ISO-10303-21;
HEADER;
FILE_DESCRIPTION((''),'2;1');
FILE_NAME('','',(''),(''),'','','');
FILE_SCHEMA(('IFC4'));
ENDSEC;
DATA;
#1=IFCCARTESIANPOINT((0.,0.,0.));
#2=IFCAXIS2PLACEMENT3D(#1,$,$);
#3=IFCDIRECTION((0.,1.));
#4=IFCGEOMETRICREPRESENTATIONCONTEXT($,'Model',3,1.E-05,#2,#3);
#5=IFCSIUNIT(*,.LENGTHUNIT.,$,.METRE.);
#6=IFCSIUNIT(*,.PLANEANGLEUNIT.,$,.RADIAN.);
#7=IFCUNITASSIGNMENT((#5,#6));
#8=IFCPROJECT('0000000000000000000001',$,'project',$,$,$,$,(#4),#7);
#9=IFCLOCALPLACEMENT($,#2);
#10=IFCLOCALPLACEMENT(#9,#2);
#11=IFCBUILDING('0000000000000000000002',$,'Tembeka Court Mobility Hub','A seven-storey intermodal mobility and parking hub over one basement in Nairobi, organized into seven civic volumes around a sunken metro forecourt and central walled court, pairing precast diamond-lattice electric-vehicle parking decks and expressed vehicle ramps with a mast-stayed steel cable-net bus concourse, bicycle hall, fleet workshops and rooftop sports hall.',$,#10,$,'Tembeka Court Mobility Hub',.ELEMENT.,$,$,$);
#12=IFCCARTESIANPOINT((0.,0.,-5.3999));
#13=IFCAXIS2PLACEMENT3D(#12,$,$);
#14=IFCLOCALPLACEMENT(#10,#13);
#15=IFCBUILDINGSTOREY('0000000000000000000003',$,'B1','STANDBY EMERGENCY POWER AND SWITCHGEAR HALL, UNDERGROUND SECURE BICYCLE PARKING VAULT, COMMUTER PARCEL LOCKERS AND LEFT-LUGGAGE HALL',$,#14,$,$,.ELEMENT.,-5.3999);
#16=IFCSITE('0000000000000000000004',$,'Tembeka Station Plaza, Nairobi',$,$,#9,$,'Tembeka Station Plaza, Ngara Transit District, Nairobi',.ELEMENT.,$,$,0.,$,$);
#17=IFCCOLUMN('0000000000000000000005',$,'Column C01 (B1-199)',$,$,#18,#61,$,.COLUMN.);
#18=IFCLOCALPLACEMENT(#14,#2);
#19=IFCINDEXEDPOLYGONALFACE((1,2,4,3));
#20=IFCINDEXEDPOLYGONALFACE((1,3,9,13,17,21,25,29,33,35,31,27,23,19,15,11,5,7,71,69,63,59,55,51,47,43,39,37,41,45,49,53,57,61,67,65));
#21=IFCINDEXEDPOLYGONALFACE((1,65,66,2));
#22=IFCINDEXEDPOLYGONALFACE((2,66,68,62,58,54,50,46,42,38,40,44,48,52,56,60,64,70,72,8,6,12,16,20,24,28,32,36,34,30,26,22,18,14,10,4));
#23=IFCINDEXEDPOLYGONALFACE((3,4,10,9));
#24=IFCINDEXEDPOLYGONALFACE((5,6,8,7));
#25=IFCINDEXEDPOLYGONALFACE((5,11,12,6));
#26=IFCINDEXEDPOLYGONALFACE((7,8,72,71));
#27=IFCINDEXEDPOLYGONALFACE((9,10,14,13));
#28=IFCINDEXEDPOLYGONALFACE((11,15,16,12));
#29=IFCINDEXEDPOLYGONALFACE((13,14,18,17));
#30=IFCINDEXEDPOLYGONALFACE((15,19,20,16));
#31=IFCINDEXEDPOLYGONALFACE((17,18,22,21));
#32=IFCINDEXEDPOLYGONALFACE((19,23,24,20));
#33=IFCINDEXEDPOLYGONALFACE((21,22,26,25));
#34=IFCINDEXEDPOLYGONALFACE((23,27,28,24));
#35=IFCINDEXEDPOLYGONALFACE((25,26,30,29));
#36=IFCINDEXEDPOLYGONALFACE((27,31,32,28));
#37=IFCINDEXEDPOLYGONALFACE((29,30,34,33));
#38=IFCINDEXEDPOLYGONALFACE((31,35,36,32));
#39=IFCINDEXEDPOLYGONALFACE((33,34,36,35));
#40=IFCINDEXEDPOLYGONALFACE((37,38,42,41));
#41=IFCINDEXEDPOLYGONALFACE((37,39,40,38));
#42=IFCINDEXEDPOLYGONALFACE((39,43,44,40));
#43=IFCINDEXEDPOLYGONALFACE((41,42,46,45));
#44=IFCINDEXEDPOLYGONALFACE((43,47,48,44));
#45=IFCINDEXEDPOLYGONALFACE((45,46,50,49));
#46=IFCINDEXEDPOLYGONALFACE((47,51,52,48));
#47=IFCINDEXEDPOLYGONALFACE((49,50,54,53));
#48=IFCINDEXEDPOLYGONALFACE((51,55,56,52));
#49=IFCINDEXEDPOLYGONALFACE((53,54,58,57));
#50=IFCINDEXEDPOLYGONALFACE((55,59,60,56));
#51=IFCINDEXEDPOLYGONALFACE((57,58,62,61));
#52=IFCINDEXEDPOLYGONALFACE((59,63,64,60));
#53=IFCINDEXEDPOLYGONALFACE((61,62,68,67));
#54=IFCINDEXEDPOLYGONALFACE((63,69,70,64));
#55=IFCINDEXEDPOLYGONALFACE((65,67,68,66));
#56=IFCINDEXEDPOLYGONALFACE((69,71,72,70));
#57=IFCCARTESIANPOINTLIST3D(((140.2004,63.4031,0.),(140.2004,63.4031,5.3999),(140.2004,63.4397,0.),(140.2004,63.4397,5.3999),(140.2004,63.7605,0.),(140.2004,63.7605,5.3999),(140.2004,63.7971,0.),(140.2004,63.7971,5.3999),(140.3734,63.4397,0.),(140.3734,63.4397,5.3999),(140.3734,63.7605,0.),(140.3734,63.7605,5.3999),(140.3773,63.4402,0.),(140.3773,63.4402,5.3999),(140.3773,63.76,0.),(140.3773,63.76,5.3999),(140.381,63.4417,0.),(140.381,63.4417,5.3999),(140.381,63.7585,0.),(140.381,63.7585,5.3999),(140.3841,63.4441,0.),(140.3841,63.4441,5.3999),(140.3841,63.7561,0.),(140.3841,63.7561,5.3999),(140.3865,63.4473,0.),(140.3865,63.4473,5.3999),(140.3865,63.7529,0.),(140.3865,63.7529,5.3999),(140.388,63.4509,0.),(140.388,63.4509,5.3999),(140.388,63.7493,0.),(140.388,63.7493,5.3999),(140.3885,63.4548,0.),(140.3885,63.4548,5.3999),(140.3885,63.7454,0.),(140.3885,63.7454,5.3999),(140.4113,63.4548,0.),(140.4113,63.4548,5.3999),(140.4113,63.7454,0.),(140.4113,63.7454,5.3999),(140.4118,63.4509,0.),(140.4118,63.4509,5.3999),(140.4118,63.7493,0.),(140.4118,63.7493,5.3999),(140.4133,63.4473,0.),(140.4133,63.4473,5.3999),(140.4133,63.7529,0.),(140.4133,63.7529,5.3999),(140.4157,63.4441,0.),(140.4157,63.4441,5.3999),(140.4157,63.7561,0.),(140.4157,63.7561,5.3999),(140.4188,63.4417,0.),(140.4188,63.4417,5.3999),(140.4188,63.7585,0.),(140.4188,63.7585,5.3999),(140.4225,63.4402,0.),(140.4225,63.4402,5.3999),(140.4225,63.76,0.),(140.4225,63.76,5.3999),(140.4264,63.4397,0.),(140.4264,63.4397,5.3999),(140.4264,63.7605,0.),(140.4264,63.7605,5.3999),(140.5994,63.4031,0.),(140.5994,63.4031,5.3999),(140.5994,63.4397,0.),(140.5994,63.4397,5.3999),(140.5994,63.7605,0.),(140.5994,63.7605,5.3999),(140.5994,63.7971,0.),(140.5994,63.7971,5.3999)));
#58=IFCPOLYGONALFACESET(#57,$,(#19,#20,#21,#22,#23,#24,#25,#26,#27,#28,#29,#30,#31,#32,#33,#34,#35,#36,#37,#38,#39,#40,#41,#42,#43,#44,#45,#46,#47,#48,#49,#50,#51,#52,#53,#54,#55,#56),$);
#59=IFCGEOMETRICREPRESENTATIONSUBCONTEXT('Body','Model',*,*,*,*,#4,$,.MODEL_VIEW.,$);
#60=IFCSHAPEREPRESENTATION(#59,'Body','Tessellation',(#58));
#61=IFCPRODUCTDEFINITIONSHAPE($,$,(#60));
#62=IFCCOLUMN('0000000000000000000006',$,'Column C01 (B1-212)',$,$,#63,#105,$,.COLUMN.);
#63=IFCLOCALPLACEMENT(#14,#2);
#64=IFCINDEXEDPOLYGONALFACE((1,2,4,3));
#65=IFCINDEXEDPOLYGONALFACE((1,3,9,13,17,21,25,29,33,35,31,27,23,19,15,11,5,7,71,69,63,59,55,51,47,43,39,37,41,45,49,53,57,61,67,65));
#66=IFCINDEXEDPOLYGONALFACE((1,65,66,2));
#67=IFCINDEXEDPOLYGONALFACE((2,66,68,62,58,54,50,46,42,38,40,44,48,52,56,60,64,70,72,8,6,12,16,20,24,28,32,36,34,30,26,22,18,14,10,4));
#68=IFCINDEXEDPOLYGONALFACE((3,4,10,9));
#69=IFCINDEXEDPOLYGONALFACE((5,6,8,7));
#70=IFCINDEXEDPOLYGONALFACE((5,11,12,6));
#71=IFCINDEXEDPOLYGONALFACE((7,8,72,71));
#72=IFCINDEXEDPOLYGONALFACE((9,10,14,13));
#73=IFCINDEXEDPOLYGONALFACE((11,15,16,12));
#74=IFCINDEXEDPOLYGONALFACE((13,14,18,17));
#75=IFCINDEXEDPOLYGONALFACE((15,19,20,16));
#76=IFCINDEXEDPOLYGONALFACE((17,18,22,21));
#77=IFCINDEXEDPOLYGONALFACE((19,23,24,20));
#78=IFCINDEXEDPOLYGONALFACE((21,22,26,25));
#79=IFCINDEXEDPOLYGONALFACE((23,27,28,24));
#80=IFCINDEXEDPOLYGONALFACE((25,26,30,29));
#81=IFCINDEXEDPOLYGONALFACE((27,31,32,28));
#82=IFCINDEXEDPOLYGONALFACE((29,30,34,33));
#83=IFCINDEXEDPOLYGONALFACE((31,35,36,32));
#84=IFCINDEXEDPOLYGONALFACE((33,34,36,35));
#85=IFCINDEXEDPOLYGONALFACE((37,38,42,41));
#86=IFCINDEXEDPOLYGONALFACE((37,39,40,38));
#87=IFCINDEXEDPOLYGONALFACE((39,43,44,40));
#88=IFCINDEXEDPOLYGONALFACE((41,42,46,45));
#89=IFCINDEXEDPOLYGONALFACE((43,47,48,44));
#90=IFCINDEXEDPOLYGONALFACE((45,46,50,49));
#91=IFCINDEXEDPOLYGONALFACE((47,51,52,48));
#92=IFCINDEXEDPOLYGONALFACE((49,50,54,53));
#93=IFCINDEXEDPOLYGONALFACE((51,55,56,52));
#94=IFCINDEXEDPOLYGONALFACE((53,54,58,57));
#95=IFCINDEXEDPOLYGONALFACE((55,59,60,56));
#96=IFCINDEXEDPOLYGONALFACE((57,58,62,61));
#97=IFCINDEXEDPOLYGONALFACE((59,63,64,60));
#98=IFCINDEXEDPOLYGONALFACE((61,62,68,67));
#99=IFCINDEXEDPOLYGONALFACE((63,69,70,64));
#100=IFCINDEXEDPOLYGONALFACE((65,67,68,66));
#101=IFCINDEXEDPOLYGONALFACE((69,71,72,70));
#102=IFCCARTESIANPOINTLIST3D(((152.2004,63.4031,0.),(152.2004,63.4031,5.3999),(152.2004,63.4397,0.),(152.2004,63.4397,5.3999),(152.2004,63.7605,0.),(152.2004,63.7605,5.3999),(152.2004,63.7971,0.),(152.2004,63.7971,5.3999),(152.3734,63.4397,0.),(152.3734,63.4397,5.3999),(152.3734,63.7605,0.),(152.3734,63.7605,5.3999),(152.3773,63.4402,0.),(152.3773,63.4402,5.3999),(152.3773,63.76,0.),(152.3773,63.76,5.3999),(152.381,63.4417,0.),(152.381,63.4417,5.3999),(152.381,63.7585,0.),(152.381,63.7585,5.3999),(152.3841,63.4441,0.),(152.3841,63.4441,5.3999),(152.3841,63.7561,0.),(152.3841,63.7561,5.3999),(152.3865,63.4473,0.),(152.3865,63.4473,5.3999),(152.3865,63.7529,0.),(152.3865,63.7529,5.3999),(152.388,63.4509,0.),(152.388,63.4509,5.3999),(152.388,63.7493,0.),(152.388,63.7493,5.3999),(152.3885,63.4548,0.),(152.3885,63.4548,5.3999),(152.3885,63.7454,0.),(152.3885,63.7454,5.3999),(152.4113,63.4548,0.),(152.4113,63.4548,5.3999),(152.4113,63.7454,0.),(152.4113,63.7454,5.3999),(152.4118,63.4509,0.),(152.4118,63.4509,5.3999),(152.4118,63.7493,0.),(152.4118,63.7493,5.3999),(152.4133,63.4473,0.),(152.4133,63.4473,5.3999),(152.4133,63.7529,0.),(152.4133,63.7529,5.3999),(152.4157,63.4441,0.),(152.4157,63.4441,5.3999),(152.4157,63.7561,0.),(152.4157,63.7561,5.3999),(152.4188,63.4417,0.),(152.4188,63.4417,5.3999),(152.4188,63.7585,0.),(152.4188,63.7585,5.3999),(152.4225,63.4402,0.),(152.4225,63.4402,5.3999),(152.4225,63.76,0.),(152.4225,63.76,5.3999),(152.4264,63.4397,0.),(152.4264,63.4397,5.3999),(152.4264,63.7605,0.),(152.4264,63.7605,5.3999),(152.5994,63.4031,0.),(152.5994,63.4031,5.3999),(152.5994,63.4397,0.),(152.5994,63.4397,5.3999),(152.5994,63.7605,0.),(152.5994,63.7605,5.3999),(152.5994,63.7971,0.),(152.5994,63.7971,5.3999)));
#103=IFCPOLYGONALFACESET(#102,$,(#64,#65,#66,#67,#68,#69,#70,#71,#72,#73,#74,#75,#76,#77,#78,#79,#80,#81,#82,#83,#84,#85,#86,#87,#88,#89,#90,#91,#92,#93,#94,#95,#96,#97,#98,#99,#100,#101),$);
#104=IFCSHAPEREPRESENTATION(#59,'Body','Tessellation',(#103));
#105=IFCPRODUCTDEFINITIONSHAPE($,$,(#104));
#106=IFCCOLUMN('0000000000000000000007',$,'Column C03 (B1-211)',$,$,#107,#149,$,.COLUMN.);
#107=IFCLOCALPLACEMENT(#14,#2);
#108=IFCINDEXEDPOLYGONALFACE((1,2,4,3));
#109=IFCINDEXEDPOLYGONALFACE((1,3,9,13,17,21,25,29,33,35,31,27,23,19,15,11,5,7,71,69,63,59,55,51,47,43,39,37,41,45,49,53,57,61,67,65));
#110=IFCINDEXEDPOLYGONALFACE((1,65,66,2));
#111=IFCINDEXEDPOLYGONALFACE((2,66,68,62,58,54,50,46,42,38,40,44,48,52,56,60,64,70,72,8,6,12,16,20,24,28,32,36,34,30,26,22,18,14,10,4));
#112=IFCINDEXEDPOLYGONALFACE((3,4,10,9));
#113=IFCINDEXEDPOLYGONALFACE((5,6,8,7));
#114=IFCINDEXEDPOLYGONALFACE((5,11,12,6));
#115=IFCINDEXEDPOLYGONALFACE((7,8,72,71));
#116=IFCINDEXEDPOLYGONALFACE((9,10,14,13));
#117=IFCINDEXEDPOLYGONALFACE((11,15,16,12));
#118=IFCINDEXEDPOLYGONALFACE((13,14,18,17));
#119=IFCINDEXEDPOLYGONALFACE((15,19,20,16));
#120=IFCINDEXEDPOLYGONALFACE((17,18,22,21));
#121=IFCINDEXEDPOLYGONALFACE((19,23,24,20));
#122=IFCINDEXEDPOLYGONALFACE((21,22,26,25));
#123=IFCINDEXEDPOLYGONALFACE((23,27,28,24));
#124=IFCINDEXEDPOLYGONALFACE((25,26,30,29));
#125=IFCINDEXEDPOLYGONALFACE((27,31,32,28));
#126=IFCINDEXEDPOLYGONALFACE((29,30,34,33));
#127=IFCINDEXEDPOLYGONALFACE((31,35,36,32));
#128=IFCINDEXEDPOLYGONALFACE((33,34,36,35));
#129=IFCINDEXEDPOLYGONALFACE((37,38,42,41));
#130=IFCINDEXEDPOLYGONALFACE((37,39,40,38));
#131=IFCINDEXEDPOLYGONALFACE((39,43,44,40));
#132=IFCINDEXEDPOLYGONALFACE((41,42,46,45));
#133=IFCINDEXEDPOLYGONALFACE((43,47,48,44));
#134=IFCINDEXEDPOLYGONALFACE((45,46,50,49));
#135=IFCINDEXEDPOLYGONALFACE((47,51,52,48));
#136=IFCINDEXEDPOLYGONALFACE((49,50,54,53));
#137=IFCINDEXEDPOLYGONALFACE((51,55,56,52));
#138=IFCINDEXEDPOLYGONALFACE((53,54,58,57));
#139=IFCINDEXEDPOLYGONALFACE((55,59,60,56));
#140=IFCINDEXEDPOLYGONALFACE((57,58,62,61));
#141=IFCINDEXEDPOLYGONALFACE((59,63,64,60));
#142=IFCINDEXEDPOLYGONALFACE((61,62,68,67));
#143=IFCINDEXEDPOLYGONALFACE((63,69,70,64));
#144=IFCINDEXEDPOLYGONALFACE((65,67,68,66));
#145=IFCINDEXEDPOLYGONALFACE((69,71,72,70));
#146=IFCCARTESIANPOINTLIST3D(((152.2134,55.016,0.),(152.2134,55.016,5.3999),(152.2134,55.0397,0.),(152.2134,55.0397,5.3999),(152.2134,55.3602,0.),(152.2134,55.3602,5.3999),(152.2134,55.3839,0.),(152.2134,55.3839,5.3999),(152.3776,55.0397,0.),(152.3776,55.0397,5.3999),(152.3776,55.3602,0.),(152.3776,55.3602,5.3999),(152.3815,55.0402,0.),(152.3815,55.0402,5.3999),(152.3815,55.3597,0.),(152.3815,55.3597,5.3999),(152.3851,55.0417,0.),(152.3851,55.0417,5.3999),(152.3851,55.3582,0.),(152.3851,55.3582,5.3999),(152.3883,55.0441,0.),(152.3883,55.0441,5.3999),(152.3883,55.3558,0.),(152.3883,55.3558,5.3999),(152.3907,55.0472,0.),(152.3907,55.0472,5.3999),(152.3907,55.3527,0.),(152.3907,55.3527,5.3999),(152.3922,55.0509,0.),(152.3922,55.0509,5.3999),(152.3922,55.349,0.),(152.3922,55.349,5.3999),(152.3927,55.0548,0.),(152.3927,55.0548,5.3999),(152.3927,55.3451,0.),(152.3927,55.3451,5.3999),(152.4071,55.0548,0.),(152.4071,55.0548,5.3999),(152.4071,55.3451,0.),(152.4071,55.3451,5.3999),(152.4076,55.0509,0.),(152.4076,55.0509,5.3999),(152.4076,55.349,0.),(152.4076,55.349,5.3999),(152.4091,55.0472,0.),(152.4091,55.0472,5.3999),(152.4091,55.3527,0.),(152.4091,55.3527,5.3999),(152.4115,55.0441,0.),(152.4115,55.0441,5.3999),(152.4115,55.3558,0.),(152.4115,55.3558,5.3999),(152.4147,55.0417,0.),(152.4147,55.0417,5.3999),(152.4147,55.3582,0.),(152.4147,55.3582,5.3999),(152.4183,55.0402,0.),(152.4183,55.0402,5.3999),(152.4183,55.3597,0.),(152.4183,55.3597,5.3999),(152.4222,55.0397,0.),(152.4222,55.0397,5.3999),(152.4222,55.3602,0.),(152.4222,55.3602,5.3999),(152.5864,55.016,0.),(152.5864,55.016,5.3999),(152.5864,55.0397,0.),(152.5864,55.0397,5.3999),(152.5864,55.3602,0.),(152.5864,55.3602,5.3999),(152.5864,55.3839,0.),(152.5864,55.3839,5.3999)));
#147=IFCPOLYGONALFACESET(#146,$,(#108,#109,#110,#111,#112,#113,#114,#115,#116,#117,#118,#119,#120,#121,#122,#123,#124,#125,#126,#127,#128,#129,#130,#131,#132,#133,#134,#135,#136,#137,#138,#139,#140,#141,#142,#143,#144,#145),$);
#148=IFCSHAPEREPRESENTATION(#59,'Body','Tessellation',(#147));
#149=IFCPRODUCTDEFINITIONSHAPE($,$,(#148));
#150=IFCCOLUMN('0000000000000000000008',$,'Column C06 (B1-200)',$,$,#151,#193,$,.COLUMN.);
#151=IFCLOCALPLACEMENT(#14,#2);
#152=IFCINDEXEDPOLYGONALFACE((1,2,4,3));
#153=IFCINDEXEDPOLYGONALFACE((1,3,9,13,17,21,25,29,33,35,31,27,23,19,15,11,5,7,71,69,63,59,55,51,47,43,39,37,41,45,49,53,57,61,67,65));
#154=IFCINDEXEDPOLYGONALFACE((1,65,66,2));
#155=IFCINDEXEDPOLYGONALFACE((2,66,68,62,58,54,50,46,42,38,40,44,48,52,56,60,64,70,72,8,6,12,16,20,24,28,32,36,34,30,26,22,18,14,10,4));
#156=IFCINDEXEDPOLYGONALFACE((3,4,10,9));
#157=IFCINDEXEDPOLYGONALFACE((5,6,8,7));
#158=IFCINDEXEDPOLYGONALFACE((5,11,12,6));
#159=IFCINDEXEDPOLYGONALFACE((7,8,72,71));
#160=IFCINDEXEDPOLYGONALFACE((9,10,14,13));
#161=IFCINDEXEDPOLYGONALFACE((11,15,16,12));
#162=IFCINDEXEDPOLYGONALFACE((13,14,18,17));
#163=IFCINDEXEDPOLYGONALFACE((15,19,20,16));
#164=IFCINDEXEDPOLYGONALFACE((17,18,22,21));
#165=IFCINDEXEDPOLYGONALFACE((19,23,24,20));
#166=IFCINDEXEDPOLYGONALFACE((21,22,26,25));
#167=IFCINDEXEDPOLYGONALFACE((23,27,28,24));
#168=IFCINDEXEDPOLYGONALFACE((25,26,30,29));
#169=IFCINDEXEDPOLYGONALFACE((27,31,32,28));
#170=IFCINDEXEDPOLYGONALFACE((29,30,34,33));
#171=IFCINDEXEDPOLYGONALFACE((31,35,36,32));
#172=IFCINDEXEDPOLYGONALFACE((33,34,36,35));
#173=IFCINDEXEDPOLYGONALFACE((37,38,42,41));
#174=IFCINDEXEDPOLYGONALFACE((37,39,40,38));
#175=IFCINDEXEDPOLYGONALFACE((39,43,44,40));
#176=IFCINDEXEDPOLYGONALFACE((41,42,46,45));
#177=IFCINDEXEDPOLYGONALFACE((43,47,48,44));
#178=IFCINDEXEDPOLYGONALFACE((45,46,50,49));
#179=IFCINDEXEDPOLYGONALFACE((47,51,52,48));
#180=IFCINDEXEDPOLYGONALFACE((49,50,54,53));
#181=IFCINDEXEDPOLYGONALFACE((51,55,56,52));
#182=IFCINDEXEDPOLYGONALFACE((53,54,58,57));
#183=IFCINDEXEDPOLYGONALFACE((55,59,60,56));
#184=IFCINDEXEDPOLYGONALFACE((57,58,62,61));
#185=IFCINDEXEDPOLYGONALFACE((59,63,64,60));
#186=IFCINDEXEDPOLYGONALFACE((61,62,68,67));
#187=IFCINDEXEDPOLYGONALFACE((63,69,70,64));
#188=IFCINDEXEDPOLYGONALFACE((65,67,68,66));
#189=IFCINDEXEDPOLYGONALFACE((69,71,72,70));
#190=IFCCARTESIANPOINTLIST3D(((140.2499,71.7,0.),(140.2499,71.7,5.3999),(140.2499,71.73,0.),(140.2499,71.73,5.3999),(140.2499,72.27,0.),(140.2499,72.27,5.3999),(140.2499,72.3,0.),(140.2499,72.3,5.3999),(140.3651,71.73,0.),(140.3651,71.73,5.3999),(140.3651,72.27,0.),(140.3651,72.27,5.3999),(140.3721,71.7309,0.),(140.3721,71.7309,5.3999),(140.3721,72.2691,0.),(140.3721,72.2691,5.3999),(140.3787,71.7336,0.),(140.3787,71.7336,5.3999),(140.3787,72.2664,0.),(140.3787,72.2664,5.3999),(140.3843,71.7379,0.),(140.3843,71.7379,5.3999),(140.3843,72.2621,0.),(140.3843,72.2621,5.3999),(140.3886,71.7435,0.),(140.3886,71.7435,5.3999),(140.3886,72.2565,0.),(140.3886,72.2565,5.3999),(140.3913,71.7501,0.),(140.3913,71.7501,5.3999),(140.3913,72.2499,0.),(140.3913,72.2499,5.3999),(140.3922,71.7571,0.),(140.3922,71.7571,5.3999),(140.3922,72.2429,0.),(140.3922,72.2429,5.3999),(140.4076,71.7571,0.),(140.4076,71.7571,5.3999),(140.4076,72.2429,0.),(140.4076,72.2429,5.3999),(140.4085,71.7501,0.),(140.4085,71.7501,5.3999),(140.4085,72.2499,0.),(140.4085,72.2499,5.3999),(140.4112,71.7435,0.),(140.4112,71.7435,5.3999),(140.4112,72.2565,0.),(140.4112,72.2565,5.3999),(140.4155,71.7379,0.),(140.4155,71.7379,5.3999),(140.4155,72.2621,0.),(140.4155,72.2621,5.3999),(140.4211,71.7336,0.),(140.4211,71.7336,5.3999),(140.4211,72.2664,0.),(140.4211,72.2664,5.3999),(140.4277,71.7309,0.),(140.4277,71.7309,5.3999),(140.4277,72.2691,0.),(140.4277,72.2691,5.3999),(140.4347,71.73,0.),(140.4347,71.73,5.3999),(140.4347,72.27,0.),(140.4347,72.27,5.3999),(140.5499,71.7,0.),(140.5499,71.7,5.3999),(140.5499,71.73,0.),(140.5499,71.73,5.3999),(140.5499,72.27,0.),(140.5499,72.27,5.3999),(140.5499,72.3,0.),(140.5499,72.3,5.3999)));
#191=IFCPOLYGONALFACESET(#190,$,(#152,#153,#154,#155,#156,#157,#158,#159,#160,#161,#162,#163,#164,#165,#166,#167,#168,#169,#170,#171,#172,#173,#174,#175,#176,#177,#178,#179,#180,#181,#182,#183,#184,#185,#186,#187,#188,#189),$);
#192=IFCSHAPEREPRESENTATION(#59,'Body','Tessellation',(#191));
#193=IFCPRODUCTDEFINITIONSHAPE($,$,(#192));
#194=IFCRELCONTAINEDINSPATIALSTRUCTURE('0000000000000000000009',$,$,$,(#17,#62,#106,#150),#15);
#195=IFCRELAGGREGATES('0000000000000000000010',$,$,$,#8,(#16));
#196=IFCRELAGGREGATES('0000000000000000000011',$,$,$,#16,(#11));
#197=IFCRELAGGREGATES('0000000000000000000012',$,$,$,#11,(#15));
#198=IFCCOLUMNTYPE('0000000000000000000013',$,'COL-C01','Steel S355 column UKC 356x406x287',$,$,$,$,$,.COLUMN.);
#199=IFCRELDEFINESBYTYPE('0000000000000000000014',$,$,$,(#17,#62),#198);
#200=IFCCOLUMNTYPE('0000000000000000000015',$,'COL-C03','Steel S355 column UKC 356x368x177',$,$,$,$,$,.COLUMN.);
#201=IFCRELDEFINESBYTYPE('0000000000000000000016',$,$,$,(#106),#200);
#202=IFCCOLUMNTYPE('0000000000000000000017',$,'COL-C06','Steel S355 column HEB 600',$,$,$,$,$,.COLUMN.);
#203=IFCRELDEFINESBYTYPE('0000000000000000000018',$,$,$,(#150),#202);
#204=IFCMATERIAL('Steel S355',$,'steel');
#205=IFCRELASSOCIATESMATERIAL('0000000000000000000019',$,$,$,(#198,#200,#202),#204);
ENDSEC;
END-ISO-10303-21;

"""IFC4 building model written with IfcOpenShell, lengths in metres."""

from ifc_helpers import new_model, si_unit, direction, frame, origin, origin_2d, place, context, subcontext, project, spatial, i_section, extrude, material, material_profile, profile_set, type_object, element, save


model = new_model("IFC4")

# Units and contexts
model_context = context("Model", 3, precision=1e-05, world=origin(), true_north=direction((0.0, 1.0)))
body_context = subcontext(model_context, "Body", "Model", "MODEL_VIEW")
ifc_project = project(units=[si_unit("LENGTHUNIT", "METRE"), si_unit("PLANEANGLEUNIT", "RADIAN")], contexts=[model_context])

# Site, building, storey
site_placement = place(None, origin())
site = spatial("IfcSite", under=ifc_project, at=site_placement, Name="Tembeka Station Plaza, Nairobi", LongName="Tembeka Station Plaza, Ngara Transit District, Nairobi", CompositionType="ELEMENT", RefElevation=0.0)
building_placement = place(site_placement, origin())
building = spatial("IfcBuilding", under=site, at=building_placement, Name="Tembeka Court Mobility Hub", Description="A seven-storey intermodal mobility and parking hub over one basement in Nairobi, organized into seven civic volumes around a sunken metro forecourt and central walled court, pairing precast diamond-lattice electric-vehicle parking decks and expressed vehicle ramps with a mast-stayed steel cable-net bus concourse, bicycle hall, fleet workshops and rooftop sports hall.", LongName="Tembeka Court Mobility Hub", CompositionType="ELEMENT")
storey_placement = place(building_placement, frame((0.0, 0.0, -5.3999)))
storey = spatial("IfcBuildingStorey", under=building, at=storey_placement, Name="B1", Description="STANDBY EMERGENCY POWER AND SWITCHGEAR HALL, UNDERGROUND SECURE BICYCLE PARKING VAULT, COMMUTER PARCEL LOCKERS AND LEFT-LUGGAGE HALL", CompositionType="ELEMENT", Elevation=-5.3999)

# Columns
ifc_material_1 = material(Name="Steel S355", Category="steel")
ifc_material_profile_1 = material_profile(ifc_material_1, i_section(OverallWidth=0.3989, OverallDepth=0.394, WebThickness=0.0227, FlangeThickness=0.0366, FilletRadius=0.0151, at=origin_2d()), Name="UKC 356x406x287")
ifc_profile_set_1 = profile_set([ifc_material_profile_1], Name="Steel S355")
column_type_1 = type_object("IfcColumnType", Name="COL-C01", Description="Steel S355 column UKC 356x406x287", PredefinedType="COLUMN", material=ifc_profile_set_1)
for number, where, z_axis, x_axis, name in (
    (1, (140.3999, 63.6001, 0.0), (0.0, 0.0, 1.0), (1.0, 0.0, 0.0), "Column C01 (B1-199)"),
    (2, (152.3999, 63.6001, 0.0), (0.0, 0.0, 1.0), (1.0, 0.0, 0.0), "Column C01 (B1-212)"),
):
    element("IfcColumn", number, at=place(storey_placement, frame(where, z_axis=z_axis, x_axis=x_axis)), inside=storey, type_object=column_type_1, Name=name, PredefinedType="COLUMN", context=body_context, shape_type="SweptSolid", body=[
        extrude(i_section(OverallWidth=0.3989, OverallDepth=0.394, WebThickness=0.0227, FlangeThickness=0.0366, FilletRadius=0.0151, at=origin_2d()), origin(), (0.0, 0.0, 1.0), 5.3999),
    ])
ifc_material_profile_2 = material_profile(ifc_material_1, i_section(OverallWidth=0.373, OverallDepth=0.3679, WebThickness=0.0144, FlangeThickness=0.0237, FilletRadius=0.0151, at=origin_2d()), Name="UKC 356x368x177")
ifc_profile_set_2 = profile_set([ifc_material_profile_2], Name="Steel S355")
column_type_2 = type_object("IfcColumnType", Name="COL-C03", Description="Steel S355 column UKC 356x368x177", PredefinedType="COLUMN", material=ifc_profile_set_2)
column_1_placement = place(storey_placement, frame((152.3999, 55.2, 0.0), z_axis=(0.0, 0.0, 1.0), x_axis=(1.0, 0.0, 0.0)))
element("IfcColumn", 3, at=column_1_placement, inside=storey, type_object=column_type_2, Name="Column C03 (B1-211)", PredefinedType="COLUMN", context=body_context, shape_type="SweptSolid", body=[
    extrude(i_section(OverallWidth=0.373, OverallDepth=0.3679, WebThickness=0.0144, FlangeThickness=0.0237, FilletRadius=0.0151, at=origin_2d()), origin(), (0.0, 0.0, 1.0), 5.3999),
])
ifc_material_profile_3 = material_profile(ifc_material_1, i_section(OverallWidth=0.3, OverallDepth=0.6001, WebThickness=0.0154, FlangeThickness=0.03, FilletRadius=0.0271, at=origin_2d()), Name="HEB 600")
ifc_profile_set_3 = profile_set([ifc_material_profile_3], Name="Steel S355")
column_type_3 = type_object("IfcColumnType", Name="COL-C06", Description="Steel S355 column HEB 600", PredefinedType="COLUMN", material=ifc_profile_set_3)
column_2_placement = place(storey_placement, frame((140.3999, 72.0, 0.0), z_axis=(0.0, 0.0, 1.0), x_axis=(1.0, 0.0, 0.0)))
element("IfcColumn", 4, at=column_2_placement, inside=storey, type_object=column_type_3, Name="Column C06 (B1-200)", PredefinedType="COLUMN", context=body_context, shape_type="SweptSolid", body=[
    extrude(i_section(OverallWidth=0.3, OverallDepth=0.6001, WebThickness=0.0154, FlangeThickness=0.03, FilletRadius=0.0271, at=origin_2d()), origin(), (0.0, 0.0, 1.0), 5.3999),
])

save(model, "model.ifc")
